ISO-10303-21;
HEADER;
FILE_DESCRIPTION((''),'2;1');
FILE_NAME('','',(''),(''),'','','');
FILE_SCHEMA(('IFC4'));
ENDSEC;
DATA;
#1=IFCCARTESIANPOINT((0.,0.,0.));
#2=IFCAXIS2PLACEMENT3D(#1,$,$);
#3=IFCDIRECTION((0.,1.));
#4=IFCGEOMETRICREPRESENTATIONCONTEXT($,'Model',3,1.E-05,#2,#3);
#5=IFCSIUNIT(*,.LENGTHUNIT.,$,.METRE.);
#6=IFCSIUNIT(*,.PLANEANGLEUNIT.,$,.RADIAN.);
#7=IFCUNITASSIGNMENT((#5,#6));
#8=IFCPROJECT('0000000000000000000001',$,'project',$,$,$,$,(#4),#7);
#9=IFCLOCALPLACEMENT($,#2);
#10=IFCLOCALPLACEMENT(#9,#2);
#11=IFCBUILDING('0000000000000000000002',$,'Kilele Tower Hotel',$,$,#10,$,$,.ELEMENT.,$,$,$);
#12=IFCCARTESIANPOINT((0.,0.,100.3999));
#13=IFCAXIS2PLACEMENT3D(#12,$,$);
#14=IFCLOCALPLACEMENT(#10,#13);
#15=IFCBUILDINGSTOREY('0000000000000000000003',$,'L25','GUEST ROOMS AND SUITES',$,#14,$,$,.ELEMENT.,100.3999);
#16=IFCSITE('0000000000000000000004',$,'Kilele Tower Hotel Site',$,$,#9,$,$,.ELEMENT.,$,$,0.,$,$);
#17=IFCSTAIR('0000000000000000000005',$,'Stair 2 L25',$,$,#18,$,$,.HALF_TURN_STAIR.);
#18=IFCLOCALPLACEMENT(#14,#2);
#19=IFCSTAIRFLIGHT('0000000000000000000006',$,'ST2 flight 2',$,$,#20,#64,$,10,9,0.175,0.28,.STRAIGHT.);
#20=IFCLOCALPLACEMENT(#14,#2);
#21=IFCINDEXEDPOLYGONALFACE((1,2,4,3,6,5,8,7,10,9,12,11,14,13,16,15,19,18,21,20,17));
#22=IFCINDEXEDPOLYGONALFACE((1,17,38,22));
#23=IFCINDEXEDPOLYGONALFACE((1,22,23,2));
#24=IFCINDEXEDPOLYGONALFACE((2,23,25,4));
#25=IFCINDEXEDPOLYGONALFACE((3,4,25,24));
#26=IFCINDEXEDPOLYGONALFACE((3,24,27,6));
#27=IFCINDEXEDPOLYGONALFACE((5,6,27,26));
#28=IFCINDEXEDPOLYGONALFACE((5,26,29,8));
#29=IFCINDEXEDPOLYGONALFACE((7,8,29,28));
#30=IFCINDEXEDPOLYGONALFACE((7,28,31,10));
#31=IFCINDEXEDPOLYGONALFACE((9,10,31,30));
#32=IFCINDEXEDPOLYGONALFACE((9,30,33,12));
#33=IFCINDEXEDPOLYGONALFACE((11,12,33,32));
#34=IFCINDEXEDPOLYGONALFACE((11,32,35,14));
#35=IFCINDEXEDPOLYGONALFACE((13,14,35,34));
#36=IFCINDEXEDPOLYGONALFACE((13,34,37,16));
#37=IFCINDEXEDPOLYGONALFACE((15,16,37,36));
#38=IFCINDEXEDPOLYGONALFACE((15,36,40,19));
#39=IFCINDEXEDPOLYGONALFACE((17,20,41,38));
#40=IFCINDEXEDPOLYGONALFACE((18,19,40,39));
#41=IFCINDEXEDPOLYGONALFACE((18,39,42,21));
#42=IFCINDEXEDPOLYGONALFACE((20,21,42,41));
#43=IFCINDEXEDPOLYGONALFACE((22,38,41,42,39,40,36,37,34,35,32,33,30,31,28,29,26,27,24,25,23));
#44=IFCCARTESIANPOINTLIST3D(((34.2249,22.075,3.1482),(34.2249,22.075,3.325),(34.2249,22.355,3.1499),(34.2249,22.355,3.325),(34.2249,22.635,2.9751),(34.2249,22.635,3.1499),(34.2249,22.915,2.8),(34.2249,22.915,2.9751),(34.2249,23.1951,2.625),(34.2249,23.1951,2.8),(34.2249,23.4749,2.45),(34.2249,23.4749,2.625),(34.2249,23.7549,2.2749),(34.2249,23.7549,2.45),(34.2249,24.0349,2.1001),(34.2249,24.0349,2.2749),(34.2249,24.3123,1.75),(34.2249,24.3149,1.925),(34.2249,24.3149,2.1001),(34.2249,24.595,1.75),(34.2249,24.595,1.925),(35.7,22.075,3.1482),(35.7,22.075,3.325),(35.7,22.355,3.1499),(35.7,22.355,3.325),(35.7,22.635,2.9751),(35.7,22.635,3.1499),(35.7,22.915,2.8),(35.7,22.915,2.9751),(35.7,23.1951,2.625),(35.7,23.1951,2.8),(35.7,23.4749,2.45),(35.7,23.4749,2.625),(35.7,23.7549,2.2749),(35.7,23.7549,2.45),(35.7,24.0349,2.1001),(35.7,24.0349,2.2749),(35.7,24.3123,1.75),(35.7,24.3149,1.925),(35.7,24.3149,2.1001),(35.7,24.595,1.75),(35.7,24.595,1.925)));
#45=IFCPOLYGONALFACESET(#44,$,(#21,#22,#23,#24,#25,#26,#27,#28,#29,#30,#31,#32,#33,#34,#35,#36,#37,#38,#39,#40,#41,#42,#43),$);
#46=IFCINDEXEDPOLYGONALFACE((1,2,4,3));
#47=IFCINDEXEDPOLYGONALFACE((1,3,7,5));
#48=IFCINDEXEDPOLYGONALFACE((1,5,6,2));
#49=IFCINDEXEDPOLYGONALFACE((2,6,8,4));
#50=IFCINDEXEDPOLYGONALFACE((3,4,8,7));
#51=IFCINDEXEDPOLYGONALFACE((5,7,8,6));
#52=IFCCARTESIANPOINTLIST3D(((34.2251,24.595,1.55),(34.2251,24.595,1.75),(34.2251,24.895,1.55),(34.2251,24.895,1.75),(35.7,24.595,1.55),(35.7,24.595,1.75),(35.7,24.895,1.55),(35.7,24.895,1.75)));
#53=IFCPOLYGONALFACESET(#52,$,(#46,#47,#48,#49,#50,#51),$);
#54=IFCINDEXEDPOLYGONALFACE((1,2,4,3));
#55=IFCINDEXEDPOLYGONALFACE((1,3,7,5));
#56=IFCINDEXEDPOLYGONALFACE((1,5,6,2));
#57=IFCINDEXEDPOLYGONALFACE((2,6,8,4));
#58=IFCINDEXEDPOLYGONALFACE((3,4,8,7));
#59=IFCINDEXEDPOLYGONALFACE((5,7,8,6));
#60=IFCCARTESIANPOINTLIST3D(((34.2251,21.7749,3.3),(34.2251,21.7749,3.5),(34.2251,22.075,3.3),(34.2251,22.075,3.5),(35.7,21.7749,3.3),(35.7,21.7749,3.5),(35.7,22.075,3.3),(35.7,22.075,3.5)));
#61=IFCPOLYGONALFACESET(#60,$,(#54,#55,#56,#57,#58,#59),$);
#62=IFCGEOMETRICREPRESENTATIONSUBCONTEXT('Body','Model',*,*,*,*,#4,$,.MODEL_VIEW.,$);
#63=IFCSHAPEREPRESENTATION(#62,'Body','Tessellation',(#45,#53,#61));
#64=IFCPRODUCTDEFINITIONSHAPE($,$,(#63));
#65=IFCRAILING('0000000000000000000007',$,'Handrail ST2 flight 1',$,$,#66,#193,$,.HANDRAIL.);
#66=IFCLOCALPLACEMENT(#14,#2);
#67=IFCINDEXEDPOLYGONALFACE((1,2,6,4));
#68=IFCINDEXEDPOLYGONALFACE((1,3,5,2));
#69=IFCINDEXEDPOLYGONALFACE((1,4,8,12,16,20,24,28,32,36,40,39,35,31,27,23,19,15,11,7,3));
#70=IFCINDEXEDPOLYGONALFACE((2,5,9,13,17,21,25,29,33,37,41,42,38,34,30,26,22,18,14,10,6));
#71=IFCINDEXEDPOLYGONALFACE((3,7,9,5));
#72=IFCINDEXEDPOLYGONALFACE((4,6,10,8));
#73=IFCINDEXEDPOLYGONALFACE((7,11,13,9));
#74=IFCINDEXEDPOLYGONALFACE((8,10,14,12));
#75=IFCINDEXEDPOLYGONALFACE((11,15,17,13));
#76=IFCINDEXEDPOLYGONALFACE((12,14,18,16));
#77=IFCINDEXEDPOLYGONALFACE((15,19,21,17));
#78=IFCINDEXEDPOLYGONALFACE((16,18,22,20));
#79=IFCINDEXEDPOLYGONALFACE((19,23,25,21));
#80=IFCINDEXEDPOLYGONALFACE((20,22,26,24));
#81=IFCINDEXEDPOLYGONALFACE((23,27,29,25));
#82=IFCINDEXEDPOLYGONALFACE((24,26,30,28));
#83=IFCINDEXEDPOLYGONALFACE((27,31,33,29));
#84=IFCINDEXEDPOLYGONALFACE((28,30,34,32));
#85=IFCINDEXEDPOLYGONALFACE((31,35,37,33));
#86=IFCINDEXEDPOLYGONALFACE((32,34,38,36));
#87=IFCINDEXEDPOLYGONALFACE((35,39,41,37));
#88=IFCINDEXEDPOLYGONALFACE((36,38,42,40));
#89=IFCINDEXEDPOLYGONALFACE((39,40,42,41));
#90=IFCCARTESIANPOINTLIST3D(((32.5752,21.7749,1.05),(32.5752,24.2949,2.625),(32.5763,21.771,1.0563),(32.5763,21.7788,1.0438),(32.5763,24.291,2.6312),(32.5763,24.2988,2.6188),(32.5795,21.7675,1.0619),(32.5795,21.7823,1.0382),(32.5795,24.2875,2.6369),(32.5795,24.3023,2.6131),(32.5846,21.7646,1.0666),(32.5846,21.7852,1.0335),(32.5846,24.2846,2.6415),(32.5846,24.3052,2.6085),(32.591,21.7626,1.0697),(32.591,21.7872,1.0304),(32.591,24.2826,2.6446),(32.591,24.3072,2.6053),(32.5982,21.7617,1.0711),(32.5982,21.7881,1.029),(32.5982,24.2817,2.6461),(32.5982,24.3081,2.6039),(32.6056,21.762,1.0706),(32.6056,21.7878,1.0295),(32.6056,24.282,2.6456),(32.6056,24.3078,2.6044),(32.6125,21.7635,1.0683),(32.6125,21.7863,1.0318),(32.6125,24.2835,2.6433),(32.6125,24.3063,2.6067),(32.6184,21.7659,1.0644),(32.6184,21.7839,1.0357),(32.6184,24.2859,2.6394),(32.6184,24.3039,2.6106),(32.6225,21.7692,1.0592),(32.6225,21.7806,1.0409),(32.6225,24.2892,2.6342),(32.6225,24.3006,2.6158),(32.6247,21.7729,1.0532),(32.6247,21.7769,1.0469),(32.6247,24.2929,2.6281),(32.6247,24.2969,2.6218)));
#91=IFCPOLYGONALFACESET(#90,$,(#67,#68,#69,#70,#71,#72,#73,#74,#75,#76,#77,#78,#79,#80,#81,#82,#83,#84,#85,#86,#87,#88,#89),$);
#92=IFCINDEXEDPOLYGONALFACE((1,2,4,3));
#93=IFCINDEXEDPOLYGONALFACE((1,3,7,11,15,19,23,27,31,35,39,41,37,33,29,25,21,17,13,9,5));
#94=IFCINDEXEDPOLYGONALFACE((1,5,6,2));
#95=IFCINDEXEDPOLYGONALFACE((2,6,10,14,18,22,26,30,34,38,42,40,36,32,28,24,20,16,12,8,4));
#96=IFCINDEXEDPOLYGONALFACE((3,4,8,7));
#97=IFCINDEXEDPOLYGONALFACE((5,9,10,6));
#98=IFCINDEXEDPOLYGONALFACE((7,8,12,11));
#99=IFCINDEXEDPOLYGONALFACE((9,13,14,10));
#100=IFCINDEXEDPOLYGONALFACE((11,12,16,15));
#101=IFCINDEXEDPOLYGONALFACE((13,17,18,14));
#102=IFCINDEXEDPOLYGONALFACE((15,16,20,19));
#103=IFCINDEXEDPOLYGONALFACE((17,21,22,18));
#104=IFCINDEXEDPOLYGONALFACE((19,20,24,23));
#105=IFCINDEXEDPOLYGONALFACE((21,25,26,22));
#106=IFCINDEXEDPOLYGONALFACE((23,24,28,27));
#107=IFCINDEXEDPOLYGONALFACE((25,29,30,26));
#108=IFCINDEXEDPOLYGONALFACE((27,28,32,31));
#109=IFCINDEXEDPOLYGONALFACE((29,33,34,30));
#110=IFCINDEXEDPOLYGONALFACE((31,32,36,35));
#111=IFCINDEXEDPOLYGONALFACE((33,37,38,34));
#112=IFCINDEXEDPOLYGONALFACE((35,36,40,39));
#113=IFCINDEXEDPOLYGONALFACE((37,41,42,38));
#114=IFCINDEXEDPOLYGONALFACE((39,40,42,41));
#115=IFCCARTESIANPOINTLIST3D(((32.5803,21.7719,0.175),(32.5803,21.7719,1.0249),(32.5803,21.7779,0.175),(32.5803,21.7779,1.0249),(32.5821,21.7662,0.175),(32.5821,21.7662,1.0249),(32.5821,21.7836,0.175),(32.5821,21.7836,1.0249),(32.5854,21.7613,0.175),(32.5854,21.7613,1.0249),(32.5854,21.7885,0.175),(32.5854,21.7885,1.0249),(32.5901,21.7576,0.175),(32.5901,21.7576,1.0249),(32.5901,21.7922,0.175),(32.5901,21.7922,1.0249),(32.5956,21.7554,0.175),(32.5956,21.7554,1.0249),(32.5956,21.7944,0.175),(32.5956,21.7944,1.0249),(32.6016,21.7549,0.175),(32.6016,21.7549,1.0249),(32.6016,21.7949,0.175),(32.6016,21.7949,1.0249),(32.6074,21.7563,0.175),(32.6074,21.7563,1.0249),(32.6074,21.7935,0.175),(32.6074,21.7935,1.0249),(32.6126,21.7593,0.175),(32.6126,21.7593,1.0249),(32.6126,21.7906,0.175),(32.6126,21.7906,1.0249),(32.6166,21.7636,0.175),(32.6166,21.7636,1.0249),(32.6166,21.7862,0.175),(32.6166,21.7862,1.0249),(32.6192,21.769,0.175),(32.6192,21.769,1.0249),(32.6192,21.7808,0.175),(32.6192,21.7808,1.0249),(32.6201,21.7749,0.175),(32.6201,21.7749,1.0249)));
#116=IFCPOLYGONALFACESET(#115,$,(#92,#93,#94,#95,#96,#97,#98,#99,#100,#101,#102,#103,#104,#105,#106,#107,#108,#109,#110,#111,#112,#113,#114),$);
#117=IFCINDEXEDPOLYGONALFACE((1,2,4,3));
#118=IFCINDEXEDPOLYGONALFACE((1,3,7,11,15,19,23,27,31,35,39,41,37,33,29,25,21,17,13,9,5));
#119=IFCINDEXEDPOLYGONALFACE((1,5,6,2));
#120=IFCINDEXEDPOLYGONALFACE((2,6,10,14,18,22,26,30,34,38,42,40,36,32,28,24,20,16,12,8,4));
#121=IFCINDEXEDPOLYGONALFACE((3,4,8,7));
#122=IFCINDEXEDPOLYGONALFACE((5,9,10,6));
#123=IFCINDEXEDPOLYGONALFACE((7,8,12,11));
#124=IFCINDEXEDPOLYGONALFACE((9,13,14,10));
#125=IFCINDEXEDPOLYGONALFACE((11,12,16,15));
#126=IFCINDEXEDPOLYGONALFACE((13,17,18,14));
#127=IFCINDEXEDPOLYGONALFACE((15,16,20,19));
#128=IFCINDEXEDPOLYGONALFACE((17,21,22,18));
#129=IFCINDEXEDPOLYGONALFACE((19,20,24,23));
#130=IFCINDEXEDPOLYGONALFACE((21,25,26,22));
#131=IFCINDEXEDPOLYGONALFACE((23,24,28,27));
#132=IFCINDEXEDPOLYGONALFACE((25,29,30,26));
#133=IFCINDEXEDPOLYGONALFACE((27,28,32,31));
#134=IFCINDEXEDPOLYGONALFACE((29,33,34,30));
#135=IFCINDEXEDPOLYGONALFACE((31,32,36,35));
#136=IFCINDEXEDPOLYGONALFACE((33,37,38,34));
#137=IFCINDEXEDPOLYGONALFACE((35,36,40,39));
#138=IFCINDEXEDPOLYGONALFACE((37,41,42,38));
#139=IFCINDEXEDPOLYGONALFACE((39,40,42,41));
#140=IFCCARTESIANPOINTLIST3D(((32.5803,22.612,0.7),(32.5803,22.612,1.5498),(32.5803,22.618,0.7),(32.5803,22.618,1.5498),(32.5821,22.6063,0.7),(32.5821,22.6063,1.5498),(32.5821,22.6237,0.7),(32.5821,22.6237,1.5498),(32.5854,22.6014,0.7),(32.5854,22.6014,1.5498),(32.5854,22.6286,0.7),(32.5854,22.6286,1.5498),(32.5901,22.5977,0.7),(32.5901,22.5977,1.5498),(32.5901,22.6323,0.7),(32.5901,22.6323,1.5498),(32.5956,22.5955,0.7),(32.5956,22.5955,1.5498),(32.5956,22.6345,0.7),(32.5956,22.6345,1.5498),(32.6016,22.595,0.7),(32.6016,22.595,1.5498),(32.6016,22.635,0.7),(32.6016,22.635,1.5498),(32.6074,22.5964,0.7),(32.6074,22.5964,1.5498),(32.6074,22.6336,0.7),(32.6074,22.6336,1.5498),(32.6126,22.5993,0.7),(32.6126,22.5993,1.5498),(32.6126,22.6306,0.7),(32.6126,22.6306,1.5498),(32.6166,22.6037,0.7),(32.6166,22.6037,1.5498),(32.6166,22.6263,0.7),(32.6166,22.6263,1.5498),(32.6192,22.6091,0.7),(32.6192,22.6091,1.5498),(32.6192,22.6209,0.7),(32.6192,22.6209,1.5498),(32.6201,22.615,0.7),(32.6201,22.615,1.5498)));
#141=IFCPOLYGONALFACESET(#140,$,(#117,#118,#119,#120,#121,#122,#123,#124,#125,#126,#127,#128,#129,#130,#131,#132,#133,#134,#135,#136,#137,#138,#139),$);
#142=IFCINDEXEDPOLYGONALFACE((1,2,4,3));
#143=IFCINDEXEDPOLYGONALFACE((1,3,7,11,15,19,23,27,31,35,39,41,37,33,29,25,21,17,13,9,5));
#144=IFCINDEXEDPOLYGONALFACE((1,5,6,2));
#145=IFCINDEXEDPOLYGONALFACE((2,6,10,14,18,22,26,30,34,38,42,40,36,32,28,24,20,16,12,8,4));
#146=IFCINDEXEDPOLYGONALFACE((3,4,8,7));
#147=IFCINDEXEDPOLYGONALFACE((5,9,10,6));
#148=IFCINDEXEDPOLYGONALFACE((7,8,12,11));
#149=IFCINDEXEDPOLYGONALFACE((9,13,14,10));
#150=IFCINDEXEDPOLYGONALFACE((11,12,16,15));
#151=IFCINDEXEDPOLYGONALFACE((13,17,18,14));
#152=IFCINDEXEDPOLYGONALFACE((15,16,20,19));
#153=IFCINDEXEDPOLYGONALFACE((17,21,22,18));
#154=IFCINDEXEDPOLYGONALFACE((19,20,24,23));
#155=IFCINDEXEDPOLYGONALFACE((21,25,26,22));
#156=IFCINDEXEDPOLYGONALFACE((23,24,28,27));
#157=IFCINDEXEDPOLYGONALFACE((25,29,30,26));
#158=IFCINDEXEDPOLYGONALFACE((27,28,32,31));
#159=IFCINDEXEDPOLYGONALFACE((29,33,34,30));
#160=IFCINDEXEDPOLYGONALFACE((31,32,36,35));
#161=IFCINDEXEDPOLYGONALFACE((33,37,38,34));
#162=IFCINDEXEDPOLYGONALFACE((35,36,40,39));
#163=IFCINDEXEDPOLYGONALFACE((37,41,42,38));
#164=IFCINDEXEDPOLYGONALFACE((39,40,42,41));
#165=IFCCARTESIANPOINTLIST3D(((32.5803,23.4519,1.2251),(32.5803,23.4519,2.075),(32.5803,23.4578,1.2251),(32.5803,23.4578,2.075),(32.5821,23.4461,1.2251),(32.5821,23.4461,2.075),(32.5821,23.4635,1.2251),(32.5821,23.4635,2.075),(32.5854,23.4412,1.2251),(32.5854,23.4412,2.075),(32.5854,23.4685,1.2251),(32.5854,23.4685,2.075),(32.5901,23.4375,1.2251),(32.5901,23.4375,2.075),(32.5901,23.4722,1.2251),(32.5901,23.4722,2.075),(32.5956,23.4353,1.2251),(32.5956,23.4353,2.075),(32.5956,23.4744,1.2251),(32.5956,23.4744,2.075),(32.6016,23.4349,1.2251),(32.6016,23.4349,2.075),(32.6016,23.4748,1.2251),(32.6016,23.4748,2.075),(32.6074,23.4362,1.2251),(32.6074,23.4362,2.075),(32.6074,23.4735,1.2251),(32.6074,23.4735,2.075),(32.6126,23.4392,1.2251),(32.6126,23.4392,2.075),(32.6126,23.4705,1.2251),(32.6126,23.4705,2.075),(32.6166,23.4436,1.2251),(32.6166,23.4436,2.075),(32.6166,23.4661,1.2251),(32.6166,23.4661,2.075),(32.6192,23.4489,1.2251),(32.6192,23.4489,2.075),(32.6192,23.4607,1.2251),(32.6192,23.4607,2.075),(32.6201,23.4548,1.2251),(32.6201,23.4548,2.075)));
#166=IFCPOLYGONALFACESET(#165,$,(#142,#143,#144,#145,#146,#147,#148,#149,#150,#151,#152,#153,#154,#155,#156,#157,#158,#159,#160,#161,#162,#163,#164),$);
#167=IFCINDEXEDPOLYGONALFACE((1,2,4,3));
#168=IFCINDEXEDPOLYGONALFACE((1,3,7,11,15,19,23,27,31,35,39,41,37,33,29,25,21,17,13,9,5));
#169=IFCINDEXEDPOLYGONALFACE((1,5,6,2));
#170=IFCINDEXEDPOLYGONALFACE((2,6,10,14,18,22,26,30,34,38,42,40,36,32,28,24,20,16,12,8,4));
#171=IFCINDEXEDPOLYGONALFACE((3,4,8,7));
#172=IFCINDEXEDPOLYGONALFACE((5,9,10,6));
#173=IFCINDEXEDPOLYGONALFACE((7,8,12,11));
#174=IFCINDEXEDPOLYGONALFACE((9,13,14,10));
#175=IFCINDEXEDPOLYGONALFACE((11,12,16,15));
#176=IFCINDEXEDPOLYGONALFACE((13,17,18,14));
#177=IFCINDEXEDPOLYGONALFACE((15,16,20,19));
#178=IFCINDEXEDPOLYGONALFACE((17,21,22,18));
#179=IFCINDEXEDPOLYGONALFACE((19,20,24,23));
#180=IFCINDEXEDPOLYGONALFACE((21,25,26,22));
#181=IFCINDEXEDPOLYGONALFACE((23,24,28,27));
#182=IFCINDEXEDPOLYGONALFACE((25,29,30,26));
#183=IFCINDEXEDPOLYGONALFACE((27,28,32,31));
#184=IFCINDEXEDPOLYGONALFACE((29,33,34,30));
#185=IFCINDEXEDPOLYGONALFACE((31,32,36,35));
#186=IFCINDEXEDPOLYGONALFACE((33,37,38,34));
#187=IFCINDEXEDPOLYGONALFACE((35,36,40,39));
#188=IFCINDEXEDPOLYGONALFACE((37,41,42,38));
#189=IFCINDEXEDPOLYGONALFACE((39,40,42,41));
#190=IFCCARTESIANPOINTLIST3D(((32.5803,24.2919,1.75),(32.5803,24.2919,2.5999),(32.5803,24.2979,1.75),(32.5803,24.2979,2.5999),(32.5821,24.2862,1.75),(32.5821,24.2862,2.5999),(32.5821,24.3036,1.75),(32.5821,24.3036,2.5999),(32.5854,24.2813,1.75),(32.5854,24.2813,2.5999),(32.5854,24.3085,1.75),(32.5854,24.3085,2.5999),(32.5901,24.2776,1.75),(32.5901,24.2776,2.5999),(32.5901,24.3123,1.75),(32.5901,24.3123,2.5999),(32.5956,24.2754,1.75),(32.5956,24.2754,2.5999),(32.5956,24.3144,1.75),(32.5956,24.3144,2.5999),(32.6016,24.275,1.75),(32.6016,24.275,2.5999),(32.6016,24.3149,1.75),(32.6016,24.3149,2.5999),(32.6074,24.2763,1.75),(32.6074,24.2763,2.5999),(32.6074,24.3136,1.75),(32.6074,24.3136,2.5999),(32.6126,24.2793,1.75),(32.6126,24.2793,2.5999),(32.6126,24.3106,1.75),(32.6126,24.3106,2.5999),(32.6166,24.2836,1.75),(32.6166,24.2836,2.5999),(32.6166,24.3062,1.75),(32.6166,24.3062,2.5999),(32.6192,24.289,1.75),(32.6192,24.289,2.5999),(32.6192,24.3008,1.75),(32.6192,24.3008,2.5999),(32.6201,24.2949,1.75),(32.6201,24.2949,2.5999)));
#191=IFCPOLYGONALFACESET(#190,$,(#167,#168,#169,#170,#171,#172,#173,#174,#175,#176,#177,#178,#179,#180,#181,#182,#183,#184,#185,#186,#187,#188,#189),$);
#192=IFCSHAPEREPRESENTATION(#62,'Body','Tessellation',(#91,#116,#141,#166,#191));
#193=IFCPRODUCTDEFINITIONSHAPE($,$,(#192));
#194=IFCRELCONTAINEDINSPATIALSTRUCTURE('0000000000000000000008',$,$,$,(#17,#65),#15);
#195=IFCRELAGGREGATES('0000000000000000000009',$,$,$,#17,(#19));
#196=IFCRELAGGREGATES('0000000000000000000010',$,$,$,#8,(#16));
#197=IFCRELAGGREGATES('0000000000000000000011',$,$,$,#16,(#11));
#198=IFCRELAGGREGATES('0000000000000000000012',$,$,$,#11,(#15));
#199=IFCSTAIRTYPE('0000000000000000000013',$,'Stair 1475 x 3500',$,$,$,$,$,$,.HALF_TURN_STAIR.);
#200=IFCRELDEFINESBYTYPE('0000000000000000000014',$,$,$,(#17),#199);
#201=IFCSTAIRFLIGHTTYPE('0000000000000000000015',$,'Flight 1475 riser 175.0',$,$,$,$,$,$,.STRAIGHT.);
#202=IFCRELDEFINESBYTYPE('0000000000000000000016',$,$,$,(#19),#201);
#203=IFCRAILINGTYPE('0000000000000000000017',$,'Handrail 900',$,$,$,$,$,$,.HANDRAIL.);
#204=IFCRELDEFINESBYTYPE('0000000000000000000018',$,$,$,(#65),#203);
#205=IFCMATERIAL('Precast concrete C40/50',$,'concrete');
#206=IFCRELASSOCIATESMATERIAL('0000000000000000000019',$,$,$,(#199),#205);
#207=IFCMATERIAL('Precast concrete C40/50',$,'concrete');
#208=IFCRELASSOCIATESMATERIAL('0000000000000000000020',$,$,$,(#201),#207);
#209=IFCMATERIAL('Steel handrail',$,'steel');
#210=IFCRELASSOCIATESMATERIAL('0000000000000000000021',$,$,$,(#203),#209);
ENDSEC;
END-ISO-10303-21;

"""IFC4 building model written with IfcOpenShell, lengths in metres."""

from ifc_helpers import new_model, si_unit, direction, frame, origin, origin_2d, place, context, subcontext, project, spatial, polyline, circle, outline, extrude, material, type_object, element, aggregate, save


model = new_model("IFC4")

# Units and contexts
model_context = context("Model", 3, precision=1e-05, world=origin(), true_north=direction((0.0, 1.0)))
body_context = subcontext(model_context, "Body", "Model", "MODEL_VIEW")
ifc_project = project(units=[si_unit("LENGTHUNIT", "METRE"), si_unit("PLANEANGLEUNIT", "RADIAN")], contexts=[model_context])

# Site, building, storey
site_placement = place(None, origin())
site = spatial("IfcSite", under=ifc_project, at=site_placement, Name="Kilele Tower Hotel Site", CompositionType="ELEMENT", RefElevation=0.0)
building_placement = place(site_placement, origin())
building = spatial("IfcBuilding", under=site, at=building_placement, Name="Kilele Tower Hotel", CompositionType="ELEMENT")
storey_placement = place(building_placement, frame((0.0, 0.0, 100.3999)))
storey = spatial("IfcBuildingStorey", under=building, at=storey_placement, Name="L25", Description="GUEST ROOMS AND SUITES", CompositionType="ELEMENT", Elevation=100.3999)

# Stair, stair flight
ifc_material_1 = material(Name="Precast concrete C40/50", Category="concrete")
stair_type = type_object("IfcStairType", Name="Stair 1475 x 3500", PredefinedType="HALF_TURN_STAIR", material=ifc_material_1)
stair_placement = place(storey_placement, origin())
stair = element("IfcStair", 1, at=stair_placement, inside=storey, type_object=stair_type, Name="Stair 2 L25", PredefinedType="HALF_TURN_STAIR")
ifc_material_2 = material(Name="Precast concrete C40/50", Category="concrete")
stair_flight_type = type_object("IfcStairFlightType", Name="Flight 1475 riser 175.0", PredefinedType="STRAIGHT", material=ifc_material_2)
stair_flight_1_placement = place(storey_placement, frame((34.9624, 24.595, 1.75), z_axis=(0.0, 0.0, 1.0), x_axis=(0.0, -1.0, 0.0)))
stair_flight_1 = element("IfcStairFlight", 2, at=stair_flight_1_placement, type_object=stair_flight_type, Name="ST2 flight 2", NumberOfRisers=10, NumberOfTreads=9, PredefinedType="STRAIGHT", RiserHeight=0.175, TreadLength=0.28, context=body_context, shape_type="SweptSolid", body=[
    extrude(outline(polyline([(0.0, 0.0), (0.0, 0.175), (0.28, 0.175), (0.28, 0.3501), (0.5601, 0.3501), (0.5601, 0.5249), (0.8401, 0.5249), (0.8401, 0.7), (1.1201, 0.7), (1.1201, 0.875), (1.3999, 0.875), (1.3999, 1.05), (1.6799, 1.05), (1.6799, 1.2251), (1.96, 1.2251), (1.96, 1.3999), (2.24, 1.3999), (2.24, 1.575), (2.52, 1.575), (2.52, 1.75), (2.52, 1.3982), (0.2827, 0.0), (0.0, 0.0)])), frame((0.0, 0.7375, 0.0), z_axis=(0.0, -1.0, 0.0), x_axis=(1.0, 0.0, 0.0)), (0.0, 0.0, 1.0), 1.4751),
    extrude(outline(polyline([(0.0, -0.7373), (0.0, 0.7375), (-0.3, 0.7375), (-0.3, -0.7373), (0.0, -0.7373)])), frame((0.0, 0.0, -0.2)), (0.0, 0.0, 1.0), 0.2),
    extrude(outline(polyline([(2.8201, -0.7373), (2.8201, 0.7375), (2.52, 0.7375), (2.52, -0.7373), (2.8201, -0.7373)])), frame((0.0, 0.0, 1.55)), (0.0, 0.0, 1.0), 0.2),
])
aggregate(stair, [stair_flight_1])

# Railing
ifc_material_3 = material(Name="Steel handrail", Category="steel")
railing_type_1 = type_object("IfcRailingType", Name="Handrail 900", PredefinedType="HANDRAIL", material=ifc_material_3)
for number, where, name in (
    (3, (32.6001, 21.7749, 0.175), "Handrail ST2 flight 1"),
):
    element("IfcRailing", number, at=place(storey_placement, frame(where)), inside=storey, type_object=railing_type_1, Name=name, PredefinedType="HANDRAIL", context=body_context, shape_type="SweptSolid", body=[
        extrude(circle(Radius=0.0249, at=origin_2d()), frame((0.0, 0.0, 0.875), z_axis=(0.0, 0.848008, 0.529984), x_axis=(-1.0, 0.0, 0.0)), (0.0, 0.0, 1.0), 2.9717),
        extrude(circle(Radius=0.02, at=origin_2d()), origin(), (0.0, 0.0, 1.0), 0.8499),
        extrude(circle(Radius=0.02, at=origin_2d()), frame((0.0, 0.8401, 0.5249)), (0.0, 0.0, 1.0), 0.8499),
        extrude(circle(Radius=0.02, at=origin_2d()), frame((0.0, 1.6799, 1.05)), (0.0, 0.0, 1.0), 0.8499),
        extrude(circle(Radius=0.02, at=origin_2d()), frame((0.0, 2.52, 1.575)), (0.0, 0.0, 1.0), 0.8499),
    ])

save(model, "model.ifc")
